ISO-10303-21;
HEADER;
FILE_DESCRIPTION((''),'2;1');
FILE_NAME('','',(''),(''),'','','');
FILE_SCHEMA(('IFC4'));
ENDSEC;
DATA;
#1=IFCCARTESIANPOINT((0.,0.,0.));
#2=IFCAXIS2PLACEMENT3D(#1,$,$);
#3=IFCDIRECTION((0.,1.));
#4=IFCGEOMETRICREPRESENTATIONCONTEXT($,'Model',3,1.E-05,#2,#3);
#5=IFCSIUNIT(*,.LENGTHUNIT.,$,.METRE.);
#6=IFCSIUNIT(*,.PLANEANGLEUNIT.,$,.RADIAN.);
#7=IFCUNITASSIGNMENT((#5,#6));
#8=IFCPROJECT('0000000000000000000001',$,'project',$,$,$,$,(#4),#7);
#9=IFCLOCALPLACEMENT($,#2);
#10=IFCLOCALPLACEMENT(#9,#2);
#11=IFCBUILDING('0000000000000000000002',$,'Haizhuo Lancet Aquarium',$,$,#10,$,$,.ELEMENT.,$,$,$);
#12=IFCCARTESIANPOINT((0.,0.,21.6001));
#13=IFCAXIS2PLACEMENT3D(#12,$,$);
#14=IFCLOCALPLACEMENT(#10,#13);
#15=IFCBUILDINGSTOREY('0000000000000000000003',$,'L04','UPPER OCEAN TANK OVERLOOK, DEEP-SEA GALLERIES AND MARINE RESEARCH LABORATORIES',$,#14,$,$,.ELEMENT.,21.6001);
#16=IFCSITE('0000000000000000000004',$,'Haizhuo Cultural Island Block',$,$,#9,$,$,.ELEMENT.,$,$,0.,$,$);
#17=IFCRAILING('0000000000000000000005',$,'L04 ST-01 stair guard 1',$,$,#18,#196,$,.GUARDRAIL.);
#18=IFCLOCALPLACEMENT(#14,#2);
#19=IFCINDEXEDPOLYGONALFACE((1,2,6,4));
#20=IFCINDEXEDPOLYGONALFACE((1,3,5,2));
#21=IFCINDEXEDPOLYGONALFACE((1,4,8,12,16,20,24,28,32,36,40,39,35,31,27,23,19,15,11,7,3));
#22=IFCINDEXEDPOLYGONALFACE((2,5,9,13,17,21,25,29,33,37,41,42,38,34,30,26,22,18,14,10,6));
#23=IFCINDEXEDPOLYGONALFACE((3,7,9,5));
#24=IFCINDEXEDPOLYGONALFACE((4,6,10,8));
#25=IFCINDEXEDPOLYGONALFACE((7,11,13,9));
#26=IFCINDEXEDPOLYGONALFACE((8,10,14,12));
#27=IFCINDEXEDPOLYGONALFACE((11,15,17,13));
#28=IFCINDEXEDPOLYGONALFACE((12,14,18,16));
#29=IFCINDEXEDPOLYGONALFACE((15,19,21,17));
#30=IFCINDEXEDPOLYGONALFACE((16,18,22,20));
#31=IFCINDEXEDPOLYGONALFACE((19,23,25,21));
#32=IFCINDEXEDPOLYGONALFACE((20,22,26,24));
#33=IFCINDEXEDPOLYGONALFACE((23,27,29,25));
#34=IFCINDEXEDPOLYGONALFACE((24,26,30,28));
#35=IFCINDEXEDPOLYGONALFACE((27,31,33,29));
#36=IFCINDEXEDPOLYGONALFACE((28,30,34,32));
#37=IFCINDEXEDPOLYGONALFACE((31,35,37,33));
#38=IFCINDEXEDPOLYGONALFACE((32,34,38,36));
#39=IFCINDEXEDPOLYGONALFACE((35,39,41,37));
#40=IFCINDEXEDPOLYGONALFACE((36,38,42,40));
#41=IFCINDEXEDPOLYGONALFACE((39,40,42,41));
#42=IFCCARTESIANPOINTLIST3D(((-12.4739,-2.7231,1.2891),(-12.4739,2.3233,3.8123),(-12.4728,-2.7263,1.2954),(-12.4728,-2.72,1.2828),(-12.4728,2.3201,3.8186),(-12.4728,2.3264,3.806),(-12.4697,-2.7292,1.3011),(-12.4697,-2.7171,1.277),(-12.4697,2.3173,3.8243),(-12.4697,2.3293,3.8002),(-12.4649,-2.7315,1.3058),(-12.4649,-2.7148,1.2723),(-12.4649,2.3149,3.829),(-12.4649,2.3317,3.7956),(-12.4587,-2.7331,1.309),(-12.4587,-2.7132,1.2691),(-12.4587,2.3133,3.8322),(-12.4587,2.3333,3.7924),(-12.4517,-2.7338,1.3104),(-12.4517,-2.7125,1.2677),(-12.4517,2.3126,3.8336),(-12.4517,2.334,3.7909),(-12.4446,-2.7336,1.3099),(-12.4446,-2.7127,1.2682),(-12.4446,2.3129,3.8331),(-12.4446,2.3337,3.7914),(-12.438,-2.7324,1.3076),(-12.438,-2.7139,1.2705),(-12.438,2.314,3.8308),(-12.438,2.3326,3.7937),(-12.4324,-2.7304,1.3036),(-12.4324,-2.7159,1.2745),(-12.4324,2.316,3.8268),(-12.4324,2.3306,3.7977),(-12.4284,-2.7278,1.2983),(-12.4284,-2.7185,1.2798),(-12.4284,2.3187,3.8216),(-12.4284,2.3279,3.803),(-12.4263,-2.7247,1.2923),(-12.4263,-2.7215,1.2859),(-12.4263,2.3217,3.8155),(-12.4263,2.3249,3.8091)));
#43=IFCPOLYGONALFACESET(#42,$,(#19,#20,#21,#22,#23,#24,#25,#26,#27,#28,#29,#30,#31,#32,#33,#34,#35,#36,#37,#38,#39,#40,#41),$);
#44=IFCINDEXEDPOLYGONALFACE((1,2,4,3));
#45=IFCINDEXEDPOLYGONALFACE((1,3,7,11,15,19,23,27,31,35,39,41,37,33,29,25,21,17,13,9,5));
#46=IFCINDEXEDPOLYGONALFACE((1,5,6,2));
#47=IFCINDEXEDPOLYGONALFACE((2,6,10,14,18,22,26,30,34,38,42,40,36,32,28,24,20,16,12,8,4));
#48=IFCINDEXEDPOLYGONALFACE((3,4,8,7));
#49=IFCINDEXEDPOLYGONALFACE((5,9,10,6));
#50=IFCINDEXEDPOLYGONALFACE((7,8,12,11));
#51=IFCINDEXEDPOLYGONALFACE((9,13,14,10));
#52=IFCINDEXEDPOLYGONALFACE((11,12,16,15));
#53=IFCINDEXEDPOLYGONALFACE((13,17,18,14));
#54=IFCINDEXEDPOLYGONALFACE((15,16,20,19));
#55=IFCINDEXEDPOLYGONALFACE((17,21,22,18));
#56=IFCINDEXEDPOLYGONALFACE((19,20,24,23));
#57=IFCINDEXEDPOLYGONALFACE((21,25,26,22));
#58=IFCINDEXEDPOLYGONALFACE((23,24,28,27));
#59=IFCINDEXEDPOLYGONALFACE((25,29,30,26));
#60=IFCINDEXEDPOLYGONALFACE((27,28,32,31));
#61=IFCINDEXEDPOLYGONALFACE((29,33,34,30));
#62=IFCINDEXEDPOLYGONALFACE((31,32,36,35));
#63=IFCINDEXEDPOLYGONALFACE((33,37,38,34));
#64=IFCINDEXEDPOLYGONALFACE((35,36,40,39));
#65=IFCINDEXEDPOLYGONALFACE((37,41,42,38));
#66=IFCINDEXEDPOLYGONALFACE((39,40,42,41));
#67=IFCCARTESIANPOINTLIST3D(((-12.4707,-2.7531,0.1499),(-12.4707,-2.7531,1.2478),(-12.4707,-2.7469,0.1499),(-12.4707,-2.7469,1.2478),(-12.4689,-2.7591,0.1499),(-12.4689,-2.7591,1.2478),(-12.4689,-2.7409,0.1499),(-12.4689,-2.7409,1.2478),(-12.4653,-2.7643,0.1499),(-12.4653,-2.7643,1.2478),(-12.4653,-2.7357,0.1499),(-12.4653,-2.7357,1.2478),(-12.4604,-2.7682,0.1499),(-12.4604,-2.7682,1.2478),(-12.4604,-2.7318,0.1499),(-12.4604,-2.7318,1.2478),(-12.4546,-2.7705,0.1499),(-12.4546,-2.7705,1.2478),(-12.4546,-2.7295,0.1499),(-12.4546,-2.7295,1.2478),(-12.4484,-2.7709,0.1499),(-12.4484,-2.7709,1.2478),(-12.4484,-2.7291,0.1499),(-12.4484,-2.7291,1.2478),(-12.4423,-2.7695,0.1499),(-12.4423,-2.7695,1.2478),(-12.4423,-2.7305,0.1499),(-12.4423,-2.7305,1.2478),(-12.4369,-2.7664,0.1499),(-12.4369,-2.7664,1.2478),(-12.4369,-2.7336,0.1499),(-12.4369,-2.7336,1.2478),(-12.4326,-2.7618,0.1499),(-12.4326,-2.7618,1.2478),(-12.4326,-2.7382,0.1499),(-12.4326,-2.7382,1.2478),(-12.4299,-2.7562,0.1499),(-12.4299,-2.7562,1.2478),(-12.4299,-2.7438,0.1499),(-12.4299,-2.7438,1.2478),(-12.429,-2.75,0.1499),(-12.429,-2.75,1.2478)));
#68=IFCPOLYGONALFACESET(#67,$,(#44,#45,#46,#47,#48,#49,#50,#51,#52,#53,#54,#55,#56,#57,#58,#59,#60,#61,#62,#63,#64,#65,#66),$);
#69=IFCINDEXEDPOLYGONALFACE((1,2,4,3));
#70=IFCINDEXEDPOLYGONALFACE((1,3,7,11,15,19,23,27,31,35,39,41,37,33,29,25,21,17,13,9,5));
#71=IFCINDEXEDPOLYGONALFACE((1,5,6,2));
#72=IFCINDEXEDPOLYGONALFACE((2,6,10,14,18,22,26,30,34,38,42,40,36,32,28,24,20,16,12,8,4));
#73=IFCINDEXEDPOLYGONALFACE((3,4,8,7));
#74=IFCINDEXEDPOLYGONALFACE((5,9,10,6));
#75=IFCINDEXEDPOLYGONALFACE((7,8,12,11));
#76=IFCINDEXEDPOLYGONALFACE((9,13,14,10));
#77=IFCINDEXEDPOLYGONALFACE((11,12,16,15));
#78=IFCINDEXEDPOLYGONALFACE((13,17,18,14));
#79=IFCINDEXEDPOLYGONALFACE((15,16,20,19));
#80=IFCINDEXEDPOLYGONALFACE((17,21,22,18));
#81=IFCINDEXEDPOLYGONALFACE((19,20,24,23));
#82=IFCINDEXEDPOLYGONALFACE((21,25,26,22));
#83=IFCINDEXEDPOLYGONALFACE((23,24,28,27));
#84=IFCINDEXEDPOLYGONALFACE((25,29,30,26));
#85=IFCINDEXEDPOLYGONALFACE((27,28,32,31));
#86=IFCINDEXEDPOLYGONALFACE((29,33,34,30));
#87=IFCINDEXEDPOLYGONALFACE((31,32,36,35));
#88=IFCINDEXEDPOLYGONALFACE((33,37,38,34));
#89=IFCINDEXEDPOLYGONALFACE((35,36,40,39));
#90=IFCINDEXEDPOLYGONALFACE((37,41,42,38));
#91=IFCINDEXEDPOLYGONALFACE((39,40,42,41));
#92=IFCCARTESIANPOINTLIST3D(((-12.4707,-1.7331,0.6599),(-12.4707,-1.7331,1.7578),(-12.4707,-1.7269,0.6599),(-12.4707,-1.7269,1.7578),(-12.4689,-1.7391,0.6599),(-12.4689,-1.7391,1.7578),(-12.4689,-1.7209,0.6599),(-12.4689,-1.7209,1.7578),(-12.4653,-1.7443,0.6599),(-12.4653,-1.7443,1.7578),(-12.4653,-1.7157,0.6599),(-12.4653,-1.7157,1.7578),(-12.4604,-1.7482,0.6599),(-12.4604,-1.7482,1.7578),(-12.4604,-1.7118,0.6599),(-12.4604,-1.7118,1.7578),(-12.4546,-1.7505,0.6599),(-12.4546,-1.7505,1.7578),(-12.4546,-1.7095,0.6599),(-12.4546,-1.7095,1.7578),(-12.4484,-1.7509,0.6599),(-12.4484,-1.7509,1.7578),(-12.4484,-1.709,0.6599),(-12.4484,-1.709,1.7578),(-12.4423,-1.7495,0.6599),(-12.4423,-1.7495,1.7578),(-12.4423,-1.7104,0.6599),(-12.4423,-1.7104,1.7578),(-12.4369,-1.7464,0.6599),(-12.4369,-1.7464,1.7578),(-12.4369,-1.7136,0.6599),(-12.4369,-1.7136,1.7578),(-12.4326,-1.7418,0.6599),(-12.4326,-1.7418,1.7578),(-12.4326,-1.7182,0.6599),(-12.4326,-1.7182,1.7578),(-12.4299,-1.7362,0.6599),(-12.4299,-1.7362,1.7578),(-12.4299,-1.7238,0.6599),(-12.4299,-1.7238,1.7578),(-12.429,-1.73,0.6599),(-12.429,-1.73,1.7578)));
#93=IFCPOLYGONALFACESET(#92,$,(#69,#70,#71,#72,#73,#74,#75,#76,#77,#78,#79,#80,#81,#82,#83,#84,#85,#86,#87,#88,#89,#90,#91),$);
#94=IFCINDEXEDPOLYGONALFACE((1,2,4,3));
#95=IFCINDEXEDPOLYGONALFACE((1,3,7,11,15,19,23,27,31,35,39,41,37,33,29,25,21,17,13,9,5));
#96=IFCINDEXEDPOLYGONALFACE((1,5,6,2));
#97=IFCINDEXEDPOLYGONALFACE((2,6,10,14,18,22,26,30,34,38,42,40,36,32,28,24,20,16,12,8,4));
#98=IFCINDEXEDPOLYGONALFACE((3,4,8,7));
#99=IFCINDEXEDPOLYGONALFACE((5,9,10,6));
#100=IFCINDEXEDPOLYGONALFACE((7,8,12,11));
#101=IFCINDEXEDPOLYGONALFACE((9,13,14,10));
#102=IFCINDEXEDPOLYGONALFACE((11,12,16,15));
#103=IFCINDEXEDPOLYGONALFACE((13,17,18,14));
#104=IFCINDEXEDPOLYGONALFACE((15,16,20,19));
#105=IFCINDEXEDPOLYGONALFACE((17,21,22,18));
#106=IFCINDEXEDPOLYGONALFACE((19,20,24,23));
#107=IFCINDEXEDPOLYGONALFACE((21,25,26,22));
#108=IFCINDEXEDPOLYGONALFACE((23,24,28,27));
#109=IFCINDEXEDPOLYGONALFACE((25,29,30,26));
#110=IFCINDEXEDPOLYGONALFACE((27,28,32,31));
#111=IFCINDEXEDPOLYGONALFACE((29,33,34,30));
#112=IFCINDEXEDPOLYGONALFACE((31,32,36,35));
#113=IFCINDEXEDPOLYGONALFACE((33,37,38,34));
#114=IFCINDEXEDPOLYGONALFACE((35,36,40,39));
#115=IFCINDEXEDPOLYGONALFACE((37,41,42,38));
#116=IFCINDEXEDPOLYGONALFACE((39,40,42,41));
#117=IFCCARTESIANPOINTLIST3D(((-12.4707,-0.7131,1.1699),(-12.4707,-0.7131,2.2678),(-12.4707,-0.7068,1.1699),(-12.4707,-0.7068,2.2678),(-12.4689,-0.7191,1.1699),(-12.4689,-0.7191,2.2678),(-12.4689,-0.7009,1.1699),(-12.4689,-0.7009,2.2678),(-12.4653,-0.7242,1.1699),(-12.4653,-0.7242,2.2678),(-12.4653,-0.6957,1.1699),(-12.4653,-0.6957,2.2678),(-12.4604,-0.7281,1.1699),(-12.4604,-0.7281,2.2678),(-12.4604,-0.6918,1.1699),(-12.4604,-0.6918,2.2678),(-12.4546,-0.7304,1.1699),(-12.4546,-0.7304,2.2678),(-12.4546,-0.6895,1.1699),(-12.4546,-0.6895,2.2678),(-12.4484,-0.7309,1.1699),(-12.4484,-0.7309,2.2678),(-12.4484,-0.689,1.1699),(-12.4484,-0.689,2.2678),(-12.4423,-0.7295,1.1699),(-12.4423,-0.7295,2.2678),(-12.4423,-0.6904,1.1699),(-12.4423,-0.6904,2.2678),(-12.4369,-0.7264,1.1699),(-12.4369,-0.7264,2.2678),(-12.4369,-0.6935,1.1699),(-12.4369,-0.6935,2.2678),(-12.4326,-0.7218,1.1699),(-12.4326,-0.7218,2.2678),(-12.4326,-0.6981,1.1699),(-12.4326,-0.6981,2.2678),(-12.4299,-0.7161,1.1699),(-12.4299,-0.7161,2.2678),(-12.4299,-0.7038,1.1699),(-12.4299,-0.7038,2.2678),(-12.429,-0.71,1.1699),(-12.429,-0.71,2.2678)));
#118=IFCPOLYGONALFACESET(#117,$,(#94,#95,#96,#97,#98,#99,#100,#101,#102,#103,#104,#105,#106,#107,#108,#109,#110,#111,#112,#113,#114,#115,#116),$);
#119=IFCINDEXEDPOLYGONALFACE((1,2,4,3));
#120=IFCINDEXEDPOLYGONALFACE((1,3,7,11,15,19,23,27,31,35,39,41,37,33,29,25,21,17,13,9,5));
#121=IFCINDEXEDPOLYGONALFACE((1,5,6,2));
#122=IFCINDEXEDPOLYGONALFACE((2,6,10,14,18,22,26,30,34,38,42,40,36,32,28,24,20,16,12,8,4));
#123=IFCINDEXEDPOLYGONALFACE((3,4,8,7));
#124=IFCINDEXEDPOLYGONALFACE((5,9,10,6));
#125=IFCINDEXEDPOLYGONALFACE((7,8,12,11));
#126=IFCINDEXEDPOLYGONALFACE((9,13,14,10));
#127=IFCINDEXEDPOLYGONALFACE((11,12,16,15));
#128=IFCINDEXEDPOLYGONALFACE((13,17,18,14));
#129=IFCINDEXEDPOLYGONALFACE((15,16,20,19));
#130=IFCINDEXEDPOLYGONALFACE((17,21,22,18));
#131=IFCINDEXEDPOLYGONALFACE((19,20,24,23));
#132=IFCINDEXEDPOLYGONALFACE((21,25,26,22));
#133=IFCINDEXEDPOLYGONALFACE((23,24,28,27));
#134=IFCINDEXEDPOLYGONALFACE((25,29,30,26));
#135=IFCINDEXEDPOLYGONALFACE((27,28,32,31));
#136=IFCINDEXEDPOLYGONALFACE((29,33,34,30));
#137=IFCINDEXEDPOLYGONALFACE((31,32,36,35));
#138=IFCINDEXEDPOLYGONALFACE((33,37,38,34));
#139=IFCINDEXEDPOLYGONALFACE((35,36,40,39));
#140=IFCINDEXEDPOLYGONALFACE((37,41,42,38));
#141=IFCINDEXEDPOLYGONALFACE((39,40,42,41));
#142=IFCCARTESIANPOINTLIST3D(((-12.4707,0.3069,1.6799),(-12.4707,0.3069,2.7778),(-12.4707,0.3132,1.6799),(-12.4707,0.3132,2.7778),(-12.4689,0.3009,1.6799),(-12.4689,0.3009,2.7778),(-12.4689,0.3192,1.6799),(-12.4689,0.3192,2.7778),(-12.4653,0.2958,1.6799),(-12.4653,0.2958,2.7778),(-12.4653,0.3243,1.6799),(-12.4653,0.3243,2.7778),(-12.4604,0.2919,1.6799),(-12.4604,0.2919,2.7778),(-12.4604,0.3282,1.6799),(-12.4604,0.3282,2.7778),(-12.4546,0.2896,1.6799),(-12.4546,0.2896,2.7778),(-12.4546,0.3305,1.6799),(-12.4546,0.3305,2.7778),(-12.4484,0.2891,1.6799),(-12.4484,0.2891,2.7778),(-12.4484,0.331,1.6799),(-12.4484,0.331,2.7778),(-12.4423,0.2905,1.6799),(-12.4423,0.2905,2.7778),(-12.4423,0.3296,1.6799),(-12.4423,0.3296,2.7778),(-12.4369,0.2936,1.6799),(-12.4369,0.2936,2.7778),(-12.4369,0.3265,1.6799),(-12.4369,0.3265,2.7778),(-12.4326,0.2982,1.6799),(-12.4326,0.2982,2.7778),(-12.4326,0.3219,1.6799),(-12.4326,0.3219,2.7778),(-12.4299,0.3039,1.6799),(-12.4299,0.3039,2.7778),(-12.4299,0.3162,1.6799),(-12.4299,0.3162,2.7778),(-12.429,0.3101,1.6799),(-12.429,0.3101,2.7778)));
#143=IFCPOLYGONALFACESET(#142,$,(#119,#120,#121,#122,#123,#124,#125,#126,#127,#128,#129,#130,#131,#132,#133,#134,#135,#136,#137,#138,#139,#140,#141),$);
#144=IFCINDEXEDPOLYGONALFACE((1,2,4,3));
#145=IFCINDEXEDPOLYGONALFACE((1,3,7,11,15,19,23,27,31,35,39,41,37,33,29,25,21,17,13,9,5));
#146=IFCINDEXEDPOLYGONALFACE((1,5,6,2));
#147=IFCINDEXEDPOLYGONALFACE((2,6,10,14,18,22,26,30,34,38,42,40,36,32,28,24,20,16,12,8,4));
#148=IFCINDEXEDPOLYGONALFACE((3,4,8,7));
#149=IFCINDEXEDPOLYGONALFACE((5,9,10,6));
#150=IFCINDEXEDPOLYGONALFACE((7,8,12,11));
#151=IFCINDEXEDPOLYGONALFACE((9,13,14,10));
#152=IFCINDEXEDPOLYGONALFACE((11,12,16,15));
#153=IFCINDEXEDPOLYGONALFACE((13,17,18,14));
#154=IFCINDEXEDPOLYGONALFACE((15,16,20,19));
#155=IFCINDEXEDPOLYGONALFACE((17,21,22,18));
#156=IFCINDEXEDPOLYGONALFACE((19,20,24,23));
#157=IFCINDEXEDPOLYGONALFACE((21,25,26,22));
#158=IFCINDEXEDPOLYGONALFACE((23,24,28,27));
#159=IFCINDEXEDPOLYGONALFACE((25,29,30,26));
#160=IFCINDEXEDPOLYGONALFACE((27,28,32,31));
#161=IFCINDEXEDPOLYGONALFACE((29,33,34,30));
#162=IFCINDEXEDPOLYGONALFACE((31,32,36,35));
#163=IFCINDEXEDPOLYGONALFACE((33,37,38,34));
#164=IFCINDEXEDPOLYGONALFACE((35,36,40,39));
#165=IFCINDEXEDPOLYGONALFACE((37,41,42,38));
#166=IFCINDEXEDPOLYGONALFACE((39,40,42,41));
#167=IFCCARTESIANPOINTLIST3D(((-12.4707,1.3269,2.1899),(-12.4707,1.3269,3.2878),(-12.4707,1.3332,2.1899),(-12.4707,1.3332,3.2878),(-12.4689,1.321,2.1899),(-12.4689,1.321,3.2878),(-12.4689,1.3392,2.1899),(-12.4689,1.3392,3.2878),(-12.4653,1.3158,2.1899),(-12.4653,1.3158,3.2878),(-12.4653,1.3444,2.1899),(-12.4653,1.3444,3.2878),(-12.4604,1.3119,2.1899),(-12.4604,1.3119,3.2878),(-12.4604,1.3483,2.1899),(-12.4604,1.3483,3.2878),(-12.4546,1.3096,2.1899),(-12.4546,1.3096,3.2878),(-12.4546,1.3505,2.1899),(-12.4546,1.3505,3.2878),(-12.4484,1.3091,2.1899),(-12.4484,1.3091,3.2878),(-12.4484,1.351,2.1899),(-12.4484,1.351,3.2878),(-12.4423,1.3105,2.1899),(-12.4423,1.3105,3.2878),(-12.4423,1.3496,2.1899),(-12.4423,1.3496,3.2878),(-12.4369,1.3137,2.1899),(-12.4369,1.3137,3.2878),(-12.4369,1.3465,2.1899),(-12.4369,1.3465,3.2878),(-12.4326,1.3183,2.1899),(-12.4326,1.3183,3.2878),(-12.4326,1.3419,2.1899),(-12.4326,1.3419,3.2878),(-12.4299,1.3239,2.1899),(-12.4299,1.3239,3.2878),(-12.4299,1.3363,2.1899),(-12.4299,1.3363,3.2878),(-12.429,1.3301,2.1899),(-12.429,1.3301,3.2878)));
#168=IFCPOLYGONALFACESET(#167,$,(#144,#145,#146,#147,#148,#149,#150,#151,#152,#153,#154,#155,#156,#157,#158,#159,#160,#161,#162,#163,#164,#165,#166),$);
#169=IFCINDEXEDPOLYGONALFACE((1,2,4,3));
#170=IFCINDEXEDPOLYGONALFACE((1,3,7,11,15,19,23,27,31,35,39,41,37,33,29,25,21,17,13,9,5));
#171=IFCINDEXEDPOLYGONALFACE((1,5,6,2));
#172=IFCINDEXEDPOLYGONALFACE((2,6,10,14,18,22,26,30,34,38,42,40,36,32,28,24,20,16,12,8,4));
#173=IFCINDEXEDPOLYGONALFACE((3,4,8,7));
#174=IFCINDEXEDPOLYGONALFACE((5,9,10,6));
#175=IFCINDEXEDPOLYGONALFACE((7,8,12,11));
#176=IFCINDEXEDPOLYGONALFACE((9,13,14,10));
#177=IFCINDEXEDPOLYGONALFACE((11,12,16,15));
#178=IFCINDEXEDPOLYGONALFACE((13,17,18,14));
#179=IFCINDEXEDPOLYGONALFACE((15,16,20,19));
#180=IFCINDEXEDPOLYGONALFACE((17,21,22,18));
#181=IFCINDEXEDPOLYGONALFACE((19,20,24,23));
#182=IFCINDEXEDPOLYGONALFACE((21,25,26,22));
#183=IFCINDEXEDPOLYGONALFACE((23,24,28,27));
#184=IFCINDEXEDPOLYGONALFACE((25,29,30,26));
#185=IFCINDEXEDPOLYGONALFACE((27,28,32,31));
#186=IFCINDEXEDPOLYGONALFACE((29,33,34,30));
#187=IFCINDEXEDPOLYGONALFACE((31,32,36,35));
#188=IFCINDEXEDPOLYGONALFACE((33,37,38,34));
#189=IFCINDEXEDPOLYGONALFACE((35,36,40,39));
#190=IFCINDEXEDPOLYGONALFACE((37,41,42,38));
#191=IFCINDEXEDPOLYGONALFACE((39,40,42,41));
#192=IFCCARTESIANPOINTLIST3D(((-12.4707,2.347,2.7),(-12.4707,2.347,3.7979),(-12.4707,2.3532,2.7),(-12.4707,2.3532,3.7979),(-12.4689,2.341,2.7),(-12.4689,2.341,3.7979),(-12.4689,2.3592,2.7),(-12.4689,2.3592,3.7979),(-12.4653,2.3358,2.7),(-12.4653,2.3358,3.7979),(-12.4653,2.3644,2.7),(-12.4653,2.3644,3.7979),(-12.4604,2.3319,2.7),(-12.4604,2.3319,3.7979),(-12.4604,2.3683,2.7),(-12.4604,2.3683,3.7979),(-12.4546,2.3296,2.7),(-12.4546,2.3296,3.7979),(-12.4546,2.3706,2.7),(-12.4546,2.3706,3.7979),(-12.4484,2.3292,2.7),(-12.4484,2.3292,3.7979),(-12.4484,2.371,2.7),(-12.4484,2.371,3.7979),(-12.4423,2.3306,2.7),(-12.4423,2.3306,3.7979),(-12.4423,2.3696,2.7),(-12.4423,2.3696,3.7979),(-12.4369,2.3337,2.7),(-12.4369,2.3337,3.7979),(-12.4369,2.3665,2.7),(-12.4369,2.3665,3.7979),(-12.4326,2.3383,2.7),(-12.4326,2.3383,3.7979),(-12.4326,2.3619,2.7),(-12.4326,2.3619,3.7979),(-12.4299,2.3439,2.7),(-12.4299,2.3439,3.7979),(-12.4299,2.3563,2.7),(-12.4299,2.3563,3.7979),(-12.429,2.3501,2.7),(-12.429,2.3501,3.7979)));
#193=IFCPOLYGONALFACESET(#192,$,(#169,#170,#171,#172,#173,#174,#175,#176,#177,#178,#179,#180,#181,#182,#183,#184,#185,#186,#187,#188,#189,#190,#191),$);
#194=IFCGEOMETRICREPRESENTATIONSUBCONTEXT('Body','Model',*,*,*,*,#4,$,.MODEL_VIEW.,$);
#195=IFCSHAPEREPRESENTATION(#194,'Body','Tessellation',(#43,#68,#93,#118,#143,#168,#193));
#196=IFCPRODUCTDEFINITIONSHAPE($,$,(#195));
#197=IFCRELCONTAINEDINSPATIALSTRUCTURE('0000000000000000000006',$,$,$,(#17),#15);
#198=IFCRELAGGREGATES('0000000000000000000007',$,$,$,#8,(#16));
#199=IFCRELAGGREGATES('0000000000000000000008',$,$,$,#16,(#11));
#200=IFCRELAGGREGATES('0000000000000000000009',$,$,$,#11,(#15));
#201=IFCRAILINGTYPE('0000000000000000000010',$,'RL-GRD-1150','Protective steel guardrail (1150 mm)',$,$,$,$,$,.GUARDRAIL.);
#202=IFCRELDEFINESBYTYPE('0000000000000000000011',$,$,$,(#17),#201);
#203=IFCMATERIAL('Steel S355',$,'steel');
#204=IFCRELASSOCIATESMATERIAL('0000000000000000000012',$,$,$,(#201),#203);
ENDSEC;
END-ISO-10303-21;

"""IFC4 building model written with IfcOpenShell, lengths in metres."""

from ifc_helpers import new_model, si_unit, direction, frame, origin, origin_2d, place, context, subcontext, project, spatial, circle, extrude, material, type_object, element, save


model = new_model("IFC4")

# Units and contexts
model_context = context("Model", 3, precision=1e-05, world=origin(), true_north=direction((0.0, 1.0)))
body_context = subcontext(model_context, "Body", "Model", "MODEL_VIEW")
ifc_project = project(units=[si_unit("LENGTHUNIT", "METRE"), si_unit("PLANEANGLEUNIT", "RADIAN")], contexts=[model_context])

# Site, building, storey
site_placement = place(None, origin())
site = spatial("IfcSite", under=ifc_project, at=site_placement, Name="Haizhuo Cultural Island Block", CompositionType="ELEMENT", RefElevation=0.0)
building_placement = place(site_placement, origin())
building = spatial("IfcBuilding", under=site, at=building_placement, Name="Haizhuo Lancet Aquarium", CompositionType="ELEMENT")
storey_placement = place(building_placement, frame((0.0, 0.0, 21.6001)))
storey = spatial("IfcBuildingStorey", under=building, at=storey_placement, Name="L04", Description="UPPER OCEAN TANK OVERLOOK, DEEP-SEA GALLERIES AND MARINE RESEARCH LABORATORIES", CompositionType="ELEMENT", Elevation=21.6001)

# Shared definitions
ifc_material_1 = material(Name="Steel S355", Category="steel")

# Railing
railing_type_1 = type_object("IfcRailingType", Name="RL-GRD-1150", Description="Protective steel guardrail (1150 mm)", PredefinedType="GUARDRAIL", material=ifc_material_1)
railing_1_placement = place(storey_placement, frame((-12.45, -2.75, 0.1499)))
element("IfcRailing", 1, at=railing_1_placement, inside=storey, type_object=railing_type_1, Name="L04 ST-01 stair guard 1", PredefinedType="GUARDRAIL", context=body_context, shape_type="SweptSolid", body=[
    extrude(circle(Radius=0.0239, at=origin_2d()), frame((0.0, 0.0269, 1.1392), z_axis=(0.0, 0.894427, 0.447214), x_axis=(-1.0, 0.0, 0.0)), (0.0, 0.0, 1.0), 5.6421),
    extrude(circle(Radius=0.021, at=origin_2d()), origin(), (0.0, 0.0, 1.0), 1.0979),
    extrude(circle(Radius=0.021, at=origin_2d()), frame((0.0, 1.02, 0.51)), (0.0, 0.0, 1.0), 1.0979),
    extrude(circle(Radius=0.021, at=origin_2d()), frame((0.0, 2.04, 1.02)), (0.0, 0.0, 1.0), 1.0979),
    extrude(circle(Radius=0.021, at=origin_2d()), frame((0.0, 3.0601, 1.53)), (0.0, 0.0, 1.0), 1.0979),
    extrude(circle(Radius=0.021, at=origin_2d()), frame((0.0, 4.0801, 2.04)), (0.0, 0.0, 1.0), 1.0979),
    extrude(circle(Radius=0.021, at=origin_2d()), frame((0.0, 5.1001, 2.55)), (0.0, 0.0, 1.0), 1.0979),
])

save(model, "model.ifc")
